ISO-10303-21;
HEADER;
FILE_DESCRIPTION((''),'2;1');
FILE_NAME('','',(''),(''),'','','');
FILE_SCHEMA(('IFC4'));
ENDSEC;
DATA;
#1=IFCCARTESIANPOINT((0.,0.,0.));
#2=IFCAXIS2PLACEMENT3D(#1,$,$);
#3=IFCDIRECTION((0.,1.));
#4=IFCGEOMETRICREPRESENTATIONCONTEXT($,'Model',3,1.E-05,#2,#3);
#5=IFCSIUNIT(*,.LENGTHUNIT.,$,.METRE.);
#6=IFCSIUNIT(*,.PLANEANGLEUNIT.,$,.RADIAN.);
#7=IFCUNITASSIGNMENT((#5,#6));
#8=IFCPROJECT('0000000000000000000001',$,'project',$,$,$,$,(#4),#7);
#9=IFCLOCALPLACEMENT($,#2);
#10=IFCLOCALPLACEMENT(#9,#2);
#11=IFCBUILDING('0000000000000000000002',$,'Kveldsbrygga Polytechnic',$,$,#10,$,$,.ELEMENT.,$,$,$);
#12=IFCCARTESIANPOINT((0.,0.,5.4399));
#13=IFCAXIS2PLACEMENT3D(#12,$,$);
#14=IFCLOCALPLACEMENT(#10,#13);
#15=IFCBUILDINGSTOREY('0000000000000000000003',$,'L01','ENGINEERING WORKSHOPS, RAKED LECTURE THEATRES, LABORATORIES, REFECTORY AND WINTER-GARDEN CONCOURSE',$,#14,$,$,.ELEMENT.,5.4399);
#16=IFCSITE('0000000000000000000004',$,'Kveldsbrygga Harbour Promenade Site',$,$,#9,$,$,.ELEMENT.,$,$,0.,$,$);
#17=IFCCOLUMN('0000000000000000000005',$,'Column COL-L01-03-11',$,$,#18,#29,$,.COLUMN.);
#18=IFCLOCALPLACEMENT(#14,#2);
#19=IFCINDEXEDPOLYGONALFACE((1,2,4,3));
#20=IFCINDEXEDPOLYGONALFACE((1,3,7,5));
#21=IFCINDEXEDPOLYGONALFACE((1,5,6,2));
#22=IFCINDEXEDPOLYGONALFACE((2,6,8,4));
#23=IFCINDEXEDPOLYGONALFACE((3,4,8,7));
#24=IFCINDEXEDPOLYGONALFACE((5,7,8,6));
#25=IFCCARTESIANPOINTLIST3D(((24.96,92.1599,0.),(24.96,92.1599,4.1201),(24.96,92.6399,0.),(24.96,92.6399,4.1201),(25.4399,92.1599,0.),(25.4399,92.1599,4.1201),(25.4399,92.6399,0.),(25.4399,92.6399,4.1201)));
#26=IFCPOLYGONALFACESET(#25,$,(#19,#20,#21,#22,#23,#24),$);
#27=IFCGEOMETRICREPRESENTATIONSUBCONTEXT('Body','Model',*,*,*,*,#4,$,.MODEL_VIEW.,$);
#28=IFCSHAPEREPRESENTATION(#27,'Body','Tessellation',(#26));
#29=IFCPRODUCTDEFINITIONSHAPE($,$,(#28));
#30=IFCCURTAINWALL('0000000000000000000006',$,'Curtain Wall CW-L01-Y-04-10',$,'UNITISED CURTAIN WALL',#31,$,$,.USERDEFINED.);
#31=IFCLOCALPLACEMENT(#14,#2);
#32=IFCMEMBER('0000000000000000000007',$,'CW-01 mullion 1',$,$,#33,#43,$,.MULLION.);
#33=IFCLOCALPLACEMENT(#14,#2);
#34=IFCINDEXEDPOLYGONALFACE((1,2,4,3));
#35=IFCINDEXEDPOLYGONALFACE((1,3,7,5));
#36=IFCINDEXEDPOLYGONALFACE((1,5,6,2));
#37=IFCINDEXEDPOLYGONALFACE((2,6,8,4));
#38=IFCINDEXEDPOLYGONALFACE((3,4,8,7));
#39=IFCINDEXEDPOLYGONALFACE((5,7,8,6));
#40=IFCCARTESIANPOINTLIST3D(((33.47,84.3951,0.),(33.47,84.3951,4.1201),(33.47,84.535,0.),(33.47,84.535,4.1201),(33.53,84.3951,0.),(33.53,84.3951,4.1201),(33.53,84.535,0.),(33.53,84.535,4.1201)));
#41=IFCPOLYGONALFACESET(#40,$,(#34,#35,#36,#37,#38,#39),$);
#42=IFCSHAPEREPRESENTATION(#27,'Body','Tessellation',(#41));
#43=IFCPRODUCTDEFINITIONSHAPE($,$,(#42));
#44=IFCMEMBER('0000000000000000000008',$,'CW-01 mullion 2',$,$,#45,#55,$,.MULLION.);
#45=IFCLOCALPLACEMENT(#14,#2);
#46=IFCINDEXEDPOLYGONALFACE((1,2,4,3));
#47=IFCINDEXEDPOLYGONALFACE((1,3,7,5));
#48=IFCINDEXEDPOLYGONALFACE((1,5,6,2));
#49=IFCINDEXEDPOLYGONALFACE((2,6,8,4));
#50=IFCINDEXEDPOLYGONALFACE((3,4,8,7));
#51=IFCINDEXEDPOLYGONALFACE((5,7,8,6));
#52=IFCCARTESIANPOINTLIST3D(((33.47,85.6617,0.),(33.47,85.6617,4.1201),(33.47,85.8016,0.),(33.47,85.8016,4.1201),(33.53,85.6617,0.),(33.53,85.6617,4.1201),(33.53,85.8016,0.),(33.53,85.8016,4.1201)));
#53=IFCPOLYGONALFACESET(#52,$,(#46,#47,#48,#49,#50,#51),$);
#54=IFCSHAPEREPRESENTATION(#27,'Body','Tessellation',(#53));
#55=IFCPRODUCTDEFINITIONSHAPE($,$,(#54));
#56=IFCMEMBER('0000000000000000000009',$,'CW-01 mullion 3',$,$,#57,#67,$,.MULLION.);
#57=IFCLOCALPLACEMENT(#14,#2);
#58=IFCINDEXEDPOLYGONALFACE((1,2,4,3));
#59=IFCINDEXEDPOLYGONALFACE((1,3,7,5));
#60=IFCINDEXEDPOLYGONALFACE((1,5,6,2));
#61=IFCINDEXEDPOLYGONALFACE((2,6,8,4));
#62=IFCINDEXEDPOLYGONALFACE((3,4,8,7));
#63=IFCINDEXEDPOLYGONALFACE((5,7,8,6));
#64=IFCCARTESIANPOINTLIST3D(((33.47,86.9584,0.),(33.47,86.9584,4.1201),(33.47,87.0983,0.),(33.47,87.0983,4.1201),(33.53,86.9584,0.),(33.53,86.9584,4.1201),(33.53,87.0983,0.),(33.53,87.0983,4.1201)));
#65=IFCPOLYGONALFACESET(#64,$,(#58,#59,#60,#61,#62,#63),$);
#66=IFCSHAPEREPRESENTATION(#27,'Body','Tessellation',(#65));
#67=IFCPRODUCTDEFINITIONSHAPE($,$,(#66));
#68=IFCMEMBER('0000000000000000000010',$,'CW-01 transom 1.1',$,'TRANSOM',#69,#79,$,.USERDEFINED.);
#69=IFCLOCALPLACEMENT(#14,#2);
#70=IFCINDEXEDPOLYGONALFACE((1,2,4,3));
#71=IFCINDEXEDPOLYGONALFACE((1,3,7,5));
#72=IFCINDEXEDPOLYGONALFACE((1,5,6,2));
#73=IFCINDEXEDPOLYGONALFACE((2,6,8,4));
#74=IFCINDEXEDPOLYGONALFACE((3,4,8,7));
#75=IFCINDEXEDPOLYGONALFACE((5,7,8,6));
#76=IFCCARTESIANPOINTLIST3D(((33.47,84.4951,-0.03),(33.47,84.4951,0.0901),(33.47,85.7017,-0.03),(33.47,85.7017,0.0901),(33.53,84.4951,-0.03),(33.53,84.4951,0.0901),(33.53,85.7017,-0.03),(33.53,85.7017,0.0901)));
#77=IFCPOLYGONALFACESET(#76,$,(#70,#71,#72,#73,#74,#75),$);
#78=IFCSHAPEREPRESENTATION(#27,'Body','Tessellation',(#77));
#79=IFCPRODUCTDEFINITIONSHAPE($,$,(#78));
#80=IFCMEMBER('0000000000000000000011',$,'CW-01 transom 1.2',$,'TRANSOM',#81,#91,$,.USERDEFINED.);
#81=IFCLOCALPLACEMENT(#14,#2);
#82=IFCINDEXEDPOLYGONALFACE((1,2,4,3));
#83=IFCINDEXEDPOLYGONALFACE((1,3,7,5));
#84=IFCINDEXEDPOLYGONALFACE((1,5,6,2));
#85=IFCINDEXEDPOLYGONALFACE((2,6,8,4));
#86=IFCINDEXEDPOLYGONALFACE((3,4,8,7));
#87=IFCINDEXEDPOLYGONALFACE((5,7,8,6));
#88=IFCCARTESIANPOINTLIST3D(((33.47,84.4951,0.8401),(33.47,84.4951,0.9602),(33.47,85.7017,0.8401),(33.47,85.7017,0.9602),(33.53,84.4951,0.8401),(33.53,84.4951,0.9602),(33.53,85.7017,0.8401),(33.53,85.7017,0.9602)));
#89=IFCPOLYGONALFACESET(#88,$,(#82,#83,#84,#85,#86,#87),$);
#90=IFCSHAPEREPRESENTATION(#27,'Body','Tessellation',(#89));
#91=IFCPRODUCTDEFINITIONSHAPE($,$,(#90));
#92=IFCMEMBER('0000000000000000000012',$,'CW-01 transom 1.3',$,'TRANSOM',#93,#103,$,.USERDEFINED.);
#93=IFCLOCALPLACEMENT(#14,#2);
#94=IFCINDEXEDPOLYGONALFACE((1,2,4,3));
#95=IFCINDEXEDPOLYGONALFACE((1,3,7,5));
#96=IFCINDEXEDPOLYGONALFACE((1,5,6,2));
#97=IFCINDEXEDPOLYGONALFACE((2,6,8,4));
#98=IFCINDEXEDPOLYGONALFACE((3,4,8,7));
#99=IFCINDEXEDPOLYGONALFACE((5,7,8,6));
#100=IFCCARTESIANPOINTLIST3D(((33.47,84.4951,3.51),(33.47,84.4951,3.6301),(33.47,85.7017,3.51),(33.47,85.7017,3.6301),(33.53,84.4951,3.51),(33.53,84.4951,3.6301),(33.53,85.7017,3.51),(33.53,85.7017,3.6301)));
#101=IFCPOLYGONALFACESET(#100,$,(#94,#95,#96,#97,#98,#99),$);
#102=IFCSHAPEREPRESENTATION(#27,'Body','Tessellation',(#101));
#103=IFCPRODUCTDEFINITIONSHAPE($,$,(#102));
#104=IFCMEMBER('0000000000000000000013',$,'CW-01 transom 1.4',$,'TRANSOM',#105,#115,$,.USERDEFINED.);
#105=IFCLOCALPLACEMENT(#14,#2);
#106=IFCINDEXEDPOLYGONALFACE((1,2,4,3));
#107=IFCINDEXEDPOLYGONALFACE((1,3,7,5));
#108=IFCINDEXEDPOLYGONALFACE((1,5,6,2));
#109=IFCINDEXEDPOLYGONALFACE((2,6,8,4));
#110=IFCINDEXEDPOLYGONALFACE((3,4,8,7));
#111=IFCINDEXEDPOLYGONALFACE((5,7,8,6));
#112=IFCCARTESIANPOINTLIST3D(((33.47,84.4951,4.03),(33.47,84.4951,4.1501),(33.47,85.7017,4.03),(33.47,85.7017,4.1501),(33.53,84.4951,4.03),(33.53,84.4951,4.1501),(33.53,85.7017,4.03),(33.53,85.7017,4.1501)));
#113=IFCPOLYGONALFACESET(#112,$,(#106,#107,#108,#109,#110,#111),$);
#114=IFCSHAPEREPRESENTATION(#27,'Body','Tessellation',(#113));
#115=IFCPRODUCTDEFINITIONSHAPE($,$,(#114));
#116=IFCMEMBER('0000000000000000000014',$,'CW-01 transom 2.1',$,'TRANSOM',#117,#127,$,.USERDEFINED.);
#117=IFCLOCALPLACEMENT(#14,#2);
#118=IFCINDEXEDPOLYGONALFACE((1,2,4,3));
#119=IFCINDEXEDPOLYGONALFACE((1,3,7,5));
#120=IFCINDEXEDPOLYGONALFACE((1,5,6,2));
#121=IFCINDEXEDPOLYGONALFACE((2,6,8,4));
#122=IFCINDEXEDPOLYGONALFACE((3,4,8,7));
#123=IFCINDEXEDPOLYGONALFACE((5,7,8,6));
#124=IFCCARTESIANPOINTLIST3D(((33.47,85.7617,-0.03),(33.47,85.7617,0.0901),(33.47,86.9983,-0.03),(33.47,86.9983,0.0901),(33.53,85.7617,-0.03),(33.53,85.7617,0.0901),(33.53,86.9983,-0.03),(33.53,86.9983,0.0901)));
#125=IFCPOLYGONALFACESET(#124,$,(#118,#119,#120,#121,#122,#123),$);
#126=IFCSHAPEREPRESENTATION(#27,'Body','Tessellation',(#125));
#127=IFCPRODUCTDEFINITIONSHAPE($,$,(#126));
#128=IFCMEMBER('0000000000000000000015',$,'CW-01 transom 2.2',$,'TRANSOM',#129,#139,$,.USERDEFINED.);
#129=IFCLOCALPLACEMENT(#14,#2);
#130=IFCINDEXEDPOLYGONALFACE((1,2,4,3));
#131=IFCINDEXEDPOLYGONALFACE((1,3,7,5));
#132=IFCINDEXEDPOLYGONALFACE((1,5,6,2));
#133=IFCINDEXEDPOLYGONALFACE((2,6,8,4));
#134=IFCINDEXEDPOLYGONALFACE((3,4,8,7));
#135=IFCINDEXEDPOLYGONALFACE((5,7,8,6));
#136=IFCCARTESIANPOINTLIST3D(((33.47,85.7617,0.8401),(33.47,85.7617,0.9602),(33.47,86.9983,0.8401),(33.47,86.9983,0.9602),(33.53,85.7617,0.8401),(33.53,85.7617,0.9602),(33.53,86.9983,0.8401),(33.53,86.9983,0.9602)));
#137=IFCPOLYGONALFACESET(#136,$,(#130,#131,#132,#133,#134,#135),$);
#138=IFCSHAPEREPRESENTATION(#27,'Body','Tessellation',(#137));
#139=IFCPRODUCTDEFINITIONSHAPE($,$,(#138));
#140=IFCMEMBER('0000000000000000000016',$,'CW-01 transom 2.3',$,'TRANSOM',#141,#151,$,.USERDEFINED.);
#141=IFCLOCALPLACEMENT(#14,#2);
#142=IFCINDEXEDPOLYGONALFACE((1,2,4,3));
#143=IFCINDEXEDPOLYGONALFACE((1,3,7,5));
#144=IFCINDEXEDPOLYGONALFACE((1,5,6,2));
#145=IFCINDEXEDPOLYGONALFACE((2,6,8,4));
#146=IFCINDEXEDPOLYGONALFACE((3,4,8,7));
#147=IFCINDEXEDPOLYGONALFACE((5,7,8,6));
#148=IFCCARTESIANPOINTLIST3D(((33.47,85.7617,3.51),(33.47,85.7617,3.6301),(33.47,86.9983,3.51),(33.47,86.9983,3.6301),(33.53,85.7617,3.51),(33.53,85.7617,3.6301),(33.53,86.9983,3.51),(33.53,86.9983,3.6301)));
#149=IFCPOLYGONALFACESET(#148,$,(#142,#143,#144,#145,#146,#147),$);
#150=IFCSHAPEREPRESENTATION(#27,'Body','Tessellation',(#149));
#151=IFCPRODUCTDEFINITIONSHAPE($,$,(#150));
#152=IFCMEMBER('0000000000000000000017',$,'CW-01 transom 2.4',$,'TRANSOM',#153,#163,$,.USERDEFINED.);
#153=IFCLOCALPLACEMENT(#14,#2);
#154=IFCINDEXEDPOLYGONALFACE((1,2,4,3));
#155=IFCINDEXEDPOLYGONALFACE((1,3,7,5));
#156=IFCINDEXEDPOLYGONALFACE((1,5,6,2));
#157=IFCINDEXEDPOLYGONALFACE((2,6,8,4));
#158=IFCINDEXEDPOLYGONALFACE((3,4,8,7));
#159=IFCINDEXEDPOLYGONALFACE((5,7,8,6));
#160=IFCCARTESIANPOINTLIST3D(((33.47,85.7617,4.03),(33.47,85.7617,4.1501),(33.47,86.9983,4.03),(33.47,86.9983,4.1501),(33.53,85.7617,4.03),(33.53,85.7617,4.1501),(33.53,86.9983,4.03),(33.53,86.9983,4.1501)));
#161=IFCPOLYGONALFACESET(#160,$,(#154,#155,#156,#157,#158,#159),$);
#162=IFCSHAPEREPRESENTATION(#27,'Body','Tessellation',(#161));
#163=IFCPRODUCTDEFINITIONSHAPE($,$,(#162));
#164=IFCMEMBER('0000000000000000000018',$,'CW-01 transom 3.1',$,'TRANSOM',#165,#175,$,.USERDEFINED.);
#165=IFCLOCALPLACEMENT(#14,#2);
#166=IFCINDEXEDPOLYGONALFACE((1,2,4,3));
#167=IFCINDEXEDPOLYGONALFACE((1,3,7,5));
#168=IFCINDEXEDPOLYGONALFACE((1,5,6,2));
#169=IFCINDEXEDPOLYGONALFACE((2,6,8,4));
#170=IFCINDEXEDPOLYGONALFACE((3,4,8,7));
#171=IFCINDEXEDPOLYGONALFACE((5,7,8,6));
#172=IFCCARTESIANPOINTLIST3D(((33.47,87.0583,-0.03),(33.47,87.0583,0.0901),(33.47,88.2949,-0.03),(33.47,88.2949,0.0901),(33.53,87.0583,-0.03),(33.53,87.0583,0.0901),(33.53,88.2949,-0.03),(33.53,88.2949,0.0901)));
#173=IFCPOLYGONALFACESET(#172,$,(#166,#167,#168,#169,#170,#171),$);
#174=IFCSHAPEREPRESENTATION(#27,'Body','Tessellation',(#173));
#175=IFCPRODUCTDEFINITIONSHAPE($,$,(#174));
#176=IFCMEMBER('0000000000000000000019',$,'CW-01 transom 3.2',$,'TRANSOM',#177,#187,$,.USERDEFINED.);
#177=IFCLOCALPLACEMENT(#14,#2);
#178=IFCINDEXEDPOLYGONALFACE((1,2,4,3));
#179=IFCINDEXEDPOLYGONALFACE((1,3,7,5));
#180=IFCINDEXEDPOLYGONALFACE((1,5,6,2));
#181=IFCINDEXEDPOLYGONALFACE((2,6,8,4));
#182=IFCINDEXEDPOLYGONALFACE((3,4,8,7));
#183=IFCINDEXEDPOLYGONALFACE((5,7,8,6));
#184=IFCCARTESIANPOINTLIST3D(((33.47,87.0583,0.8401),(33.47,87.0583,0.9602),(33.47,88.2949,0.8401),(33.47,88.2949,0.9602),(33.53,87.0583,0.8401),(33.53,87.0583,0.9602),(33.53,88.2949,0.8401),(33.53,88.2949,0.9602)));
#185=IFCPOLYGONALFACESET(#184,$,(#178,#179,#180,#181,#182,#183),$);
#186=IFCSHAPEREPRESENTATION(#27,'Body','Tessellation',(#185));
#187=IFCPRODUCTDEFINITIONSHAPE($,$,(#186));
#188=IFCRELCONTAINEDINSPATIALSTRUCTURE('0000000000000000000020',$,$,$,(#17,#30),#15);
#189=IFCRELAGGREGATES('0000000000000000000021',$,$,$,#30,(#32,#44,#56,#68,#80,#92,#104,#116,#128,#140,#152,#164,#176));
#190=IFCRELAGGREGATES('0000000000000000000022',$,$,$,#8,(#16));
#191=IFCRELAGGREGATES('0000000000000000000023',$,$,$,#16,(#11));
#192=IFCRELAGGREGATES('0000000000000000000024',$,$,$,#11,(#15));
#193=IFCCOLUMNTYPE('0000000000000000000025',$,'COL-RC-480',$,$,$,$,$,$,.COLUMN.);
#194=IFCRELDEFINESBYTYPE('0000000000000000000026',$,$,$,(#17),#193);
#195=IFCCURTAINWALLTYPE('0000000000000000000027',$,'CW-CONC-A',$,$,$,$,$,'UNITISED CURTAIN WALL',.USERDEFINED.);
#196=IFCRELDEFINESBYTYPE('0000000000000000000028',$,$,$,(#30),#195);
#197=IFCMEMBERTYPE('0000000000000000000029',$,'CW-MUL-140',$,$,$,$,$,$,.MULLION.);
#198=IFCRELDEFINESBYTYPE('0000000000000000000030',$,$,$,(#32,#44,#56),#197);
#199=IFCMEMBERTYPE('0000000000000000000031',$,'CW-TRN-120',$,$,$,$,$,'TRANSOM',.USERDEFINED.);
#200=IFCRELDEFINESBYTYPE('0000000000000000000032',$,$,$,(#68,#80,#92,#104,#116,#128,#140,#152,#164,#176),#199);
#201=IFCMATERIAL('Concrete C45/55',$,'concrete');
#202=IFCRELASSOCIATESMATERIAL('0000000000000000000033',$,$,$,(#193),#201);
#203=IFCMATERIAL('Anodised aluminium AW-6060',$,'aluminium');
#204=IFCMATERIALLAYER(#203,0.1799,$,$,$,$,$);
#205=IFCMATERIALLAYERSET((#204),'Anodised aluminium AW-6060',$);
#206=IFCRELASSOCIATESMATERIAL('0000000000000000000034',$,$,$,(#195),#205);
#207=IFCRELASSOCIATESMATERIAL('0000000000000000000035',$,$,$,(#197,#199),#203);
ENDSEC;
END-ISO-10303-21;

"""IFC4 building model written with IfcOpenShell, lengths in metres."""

from ifc_helpers import new_model, si_unit, direction, frame, origin, origin_2d, place, context, subcontext, project, spatial, rectangle, extrude, material, layer, layer_set, material_profile, profile_set, type_object, element, aggregate, save


model = new_model("IFC4")

# Units and contexts
model_context = context("Model", 3, precision=1e-05, world=origin(), true_north=direction((0.0, 1.0)))
body_context = subcontext(model_context, "Body", "Model", "MODEL_VIEW")
ifc_project = project(units=[si_unit("LENGTHUNIT", "METRE"), si_unit("PLANEANGLEUNIT", "RADIAN")], contexts=[model_context])

# Site, building, storey
site_placement = place(None, origin())
site = spatial("IfcSite", under=ifc_project, at=site_placement, Name="Kveldsbrygga Harbour Promenade Site", CompositionType="ELEMENT", RefElevation=0.0)
building_placement = place(site_placement, origin())
building = spatial("IfcBuilding", under=site, at=building_placement, Name="Kveldsbrygga Polytechnic", CompositionType="ELEMENT")
storey_placement = place(building_placement, frame((0.0, 0.0, 5.4399)))
storey = spatial("IfcBuildingStorey", under=building, at=storey_placement, Name="L01", Description="ENGINEERING WORKSHOPS, RAKED LECTURE THEATRES, LABORATORIES, REFECTORY AND WINTER-GARDEN CONCOURSE", CompositionType="ELEMENT", Elevation=5.4399)

# Column
ifc_material_1 = material(Name="Concrete C45/55", Category="concrete")
ifc_material_profile_1 = material_profile(ifc_material_1, rectangle(XDim=0.48, YDim=0.48, at=origin_2d()), Name="RC 480x480")
ifc_profile_set_1 = profile_set([ifc_material_profile_1], Name="Concrete C45/55")
column_type = type_object("IfcColumnType", Name="COL-RC-480", PredefinedType="COLUMN", material=ifc_profile_set_1)
column_placement = place(storey_placement, frame((25.2, 92.3999, 0.0), z_axis=(0.0, 0.0, 1.0), x_axis=(1.0, 0.0, 0.0)))
element("IfcColumn", 1, at=column_placement, inside=storey, type_object=column_type, Name="Column COL-L01-03-11", PredefinedType="COLUMN", context=body_context, shape_type="SweptSolid", body=[
    extrude(rectangle(XDim=0.48, YDim=0.48, at=origin_2d()), origin(), (0.0, 0.0, 1.0), 4.1201),
])

# Curtain wall, members
ifc_material_2 = material(Name="Anodised aluminium AW-6060", Category="aluminium")
ifc_layer_1 = layer(ifc_material_2, 0.1799)
ifc_layer_set_1 = layer_set([ifc_layer_1], Name="Anodised aluminium AW-6060")
curtain_wall_type = type_object("IfcCurtainWallType", Name="CW-CONC-A", ElementType="UNITISED CURTAIN WALL", PredefinedType="USERDEFINED", material=ifc_layer_set_1)
curtain_wall_placement = place(storey_placement, origin())
curtain_wall = element("IfcCurtainWall", 2, at=curtain_wall_placement, inside=storey, type_object=curtain_wall_type, Name="Curtain Wall CW-L01-Y-04-10", ObjectType="UNITISED CURTAIN WALL", PredefinedType="USERDEFINED")
ifc_material_profile_2 = material_profile(ifc_material_2, rectangle(XDim=0.0601, YDim=0.1399, at=origin_2d()), Name="ALU 60x140")
ifc_profile_set_2 = profile_set([ifc_material_profile_2], Name="Anodised aluminium AW-6060")
member_type_1 = type_object("IfcMemberType", Name="CW-MUL-140", PredefinedType="MULLION", material=ifc_profile_set_2)
member_1_placement = place(storey_placement, frame((33.5, 84.4651, 0.0), z_axis=(0.0, 0.0, 1.0), x_axis=(-1.0, 0.0, 0.0)))
member_1 = element("IfcMember", 3, at=member_1_placement, type_object=member_type_1, Name="CW-01 mullion 1", PredefinedType="MULLION", context=body_context, shape_type="SweptSolid", body=[
    extrude(rectangle(XDim=0.0601, YDim=0.1399, at=origin_2d()), origin(), (0.0, 0.0, 1.0), 4.1201),
])
member_2_placement = place(storey_placement, frame((33.5, 85.7317, 0.0), z_axis=(0.0, 0.0, 1.0), x_axis=(-1.0, 0.0, 0.0)))
member_2 = element("IfcMember", 4, at=member_2_placement, type_object=member_type_1, Name="CW-01 mullion 2", PredefinedType="MULLION", context=body_context, shape_type="SweptSolid", body=[
    extrude(rectangle(XDim=0.0601, YDim=0.1399, at=origin_2d()), origin(), (0.0, 0.0, 1.0), 4.1201),
])
member_3_placement = place(storey_placement, frame((33.5, 87.0283, 0.0), z_axis=(0.0, 0.0, 1.0), x_axis=(-1.0, 0.0, 0.0)))
member_3 = element("IfcMember", 5, at=member_3_placement, type_object=member_type_1, Name="CW-01 mullion 3", PredefinedType="MULLION", context=body_context, shape_type="SweptSolid", body=[
    extrude(rectangle(XDim=0.0601, YDim=0.1399, at=origin_2d()), origin(), (0.0, 0.0, 1.0), 4.1201),
])
ifc_material_profile_3 = material_profile(ifc_material_2, rectangle(XDim=0.0601, YDim=0.1201, at=origin_2d()), Name="ALU 60x120")
ifc_profile_set_3 = profile_set([ifc_material_profile_3], Name="Anodised aluminium AW-6060")
member_type_2 = type_object("IfcMemberType", Name="CW-TRN-120", ElementType="TRANSOM", PredefinedType="USERDEFINED", material=ifc_profile_set_3)
member_4_placement = place(storey_placement, frame((33.5, 84.4951, 0.03), z_axis=(0.0, 1.0, 0.0), x_axis=(-1.0, 0.0, 0.0)))
member_4 = element("IfcMember", 6, at=member_4_placement, type_object=member_type_2, Name="CW-01 transom 1.1", ObjectType="TRANSOM", PredefinedType="USERDEFINED", context=body_context, shape_type="SweptSolid", body=[
    extrude(rectangle(XDim=0.0601, YDim=0.1201, at=origin_2d()), origin(), (0.0, 0.0, 1.0), 1.2065),
])
member_5_placement = place(storey_placement, frame((33.5, 84.4951, 0.9001), z_axis=(0.0, 1.0, 0.0), x_axis=(-1.0, 0.0, 0.0)))
member_5 = element("IfcMember", 7, at=member_5_placement, type_object=member_type_2, Name="CW-01 transom 1.2", ObjectType="TRANSOM", PredefinedType="USERDEFINED", context=body_context, shape_type="SweptSolid", body=[
    extrude(rectangle(XDim=0.0601, YDim=0.1201, at=origin_2d()), origin(), (0.0, 0.0, 1.0), 1.2065),
])
member_6_placement = place(storey_placement, frame((33.5, 84.4951, 3.5701), z_axis=(0.0, 1.0, 0.0), x_axis=(-1.0, 0.0, 0.0)))
member_6 = element("IfcMember", 8, at=member_6_placement, type_object=member_type_2, Name="CW-01 transom 1.3", ObjectType="TRANSOM", PredefinedType="USERDEFINED", context=body_context, shape_type="SweptSolid", body=[
    extrude(rectangle(XDim=0.0601, YDim=0.1201, at=origin_2d()), origin(), (0.0, 0.0, 1.0), 1.2065),
])
member_7_placement = place(storey_placement, frame((33.5, 84.4951, 4.0901), z_axis=(0.0, 1.0, 0.0), x_axis=(-1.0, 0.0, 0.0)))
member_7 = element("IfcMember", 9, at=member_7_placement, type_object=member_type_2, Name="CW-01 transom 1.4", ObjectType="TRANSOM", PredefinedType="USERDEFINED", context=body_context, shape_type="SweptSolid", body=[
    extrude(rectangle(XDim=0.0601, YDim=0.1201, at=origin_2d()), origin(), (0.0, 0.0, 1.0), 1.2065),
])
member_8_placement = place(storey_placement, frame((33.5, 85.7617, 0.03), z_axis=(0.0, 1.0, 0.0), x_axis=(-1.0, 0.0, 0.0)))
member_8 = element("IfcMember", 10, at=member_8_placement, type_object=member_type_2, Name="CW-01 transom 2.1", ObjectType="TRANSOM", PredefinedType="USERDEFINED", context=body_context, shape_type="SweptSolid", body=[
    extrude(rectangle(XDim=0.0601, YDim=0.1201, at=origin_2d()), origin(), (0.0, 0.0, 1.0), 1.2366),
])
member_9_placement = place(storey_placement, frame((33.5, 85.7617, 0.9001), z_axis=(0.0, 1.0, 0.0), x_axis=(-1.0, 0.0, 0.0)))
member_9 = element("IfcMember", 11, at=member_9_placement, type_object=member_type_2, Name="CW-01 transom 2.2", ObjectType="TRANSOM", PredefinedType="USERDEFINED", context=body_context, shape_type="SweptSolid", body=[
    extrude(rectangle(XDim=0.0601, YDim=0.1201, at=origin_2d()), origin(), (0.0, 0.0, 1.0), 1.2366),
])
member_10_placement = place(storey_placement, frame((33.5, 85.7617, 3.5701), z_axis=(0.0, 1.0, 0.0), x_axis=(-1.0, 0.0, 0.0)))
member_10 = element("IfcMember", 12, at=member_10_placement, type_object=member_type_2, Name="CW-01 transom 2.3", ObjectType="TRANSOM", PredefinedType="USERDEFINED", context=body_context, shape_type="SweptSolid", body=[
    extrude(rectangle(XDim=0.0601, YDim=0.1201, at=origin_2d()), origin(), (0.0, 0.0, 1.0), 1.2366),
])
member_11_placement = place(storey_placement, frame((33.5, 85.7617, 4.0901), z_axis=(0.0, 1.0, 0.0), x_axis=(-1.0, 0.0, 0.0)))
member_11 = element("IfcMember", 13, at=member_11_placement, type_object=member_type_2, Name="CW-01 transom 2.4", ObjectType="TRANSOM", PredefinedType="USERDEFINED", context=body_context, shape_type="SweptSolid", body=[
    extrude(rectangle(XDim=0.0601, YDim=0.1201, at=origin_2d()), origin(), (0.0, 0.0, 1.0), 1.2366),
])
member_12_placement = place(storey_placement, frame((33.5, 87.0583, 0.03), z_axis=(0.0, 1.0, 0.0), x_axis=(-1.0, 0.0, 0.0)))
member_12 = element("IfcMember", 14, at=member_12_placement, type_object=member_type_2, Name="CW-01 transom 3.1", ObjectType="TRANSOM", PredefinedType="USERDEFINED", context=body_context, shape_type="SweptSolid", body=[
    extrude(rectangle(XDim=0.0601, YDim=0.1201, at=origin_2d()), origin(), (0.0, 0.0, 1.0), 1.2366),
])
member_13_placement = place(storey_placement, frame((33.5, 87.0583, 0.9001), z_axis=(0.0, 1.0, 0.0), x_axis=(-1.0, 0.0, 0.0)))
member_13 = element("IfcMember", 15, at=member_13_placement, type_object=member_type_2, Name="CW-01 transom 3.2", ObjectType="TRANSOM", PredefinedType="USERDEFINED", context=body_context, shape_type="SweptSolid", body=[
    extrude(rectangle(XDim=0.0601, YDim=0.1201, at=origin_2d()), origin(), (0.0, 0.0, 1.0), 1.2366),
])

aggregate(curtain_wall, [member_1, member_2, member_3, member_4, member_5, member_6, member_7, member_8, member_9, member_10, member_11, member_12, member_13])

save(model, "model.ifc")
